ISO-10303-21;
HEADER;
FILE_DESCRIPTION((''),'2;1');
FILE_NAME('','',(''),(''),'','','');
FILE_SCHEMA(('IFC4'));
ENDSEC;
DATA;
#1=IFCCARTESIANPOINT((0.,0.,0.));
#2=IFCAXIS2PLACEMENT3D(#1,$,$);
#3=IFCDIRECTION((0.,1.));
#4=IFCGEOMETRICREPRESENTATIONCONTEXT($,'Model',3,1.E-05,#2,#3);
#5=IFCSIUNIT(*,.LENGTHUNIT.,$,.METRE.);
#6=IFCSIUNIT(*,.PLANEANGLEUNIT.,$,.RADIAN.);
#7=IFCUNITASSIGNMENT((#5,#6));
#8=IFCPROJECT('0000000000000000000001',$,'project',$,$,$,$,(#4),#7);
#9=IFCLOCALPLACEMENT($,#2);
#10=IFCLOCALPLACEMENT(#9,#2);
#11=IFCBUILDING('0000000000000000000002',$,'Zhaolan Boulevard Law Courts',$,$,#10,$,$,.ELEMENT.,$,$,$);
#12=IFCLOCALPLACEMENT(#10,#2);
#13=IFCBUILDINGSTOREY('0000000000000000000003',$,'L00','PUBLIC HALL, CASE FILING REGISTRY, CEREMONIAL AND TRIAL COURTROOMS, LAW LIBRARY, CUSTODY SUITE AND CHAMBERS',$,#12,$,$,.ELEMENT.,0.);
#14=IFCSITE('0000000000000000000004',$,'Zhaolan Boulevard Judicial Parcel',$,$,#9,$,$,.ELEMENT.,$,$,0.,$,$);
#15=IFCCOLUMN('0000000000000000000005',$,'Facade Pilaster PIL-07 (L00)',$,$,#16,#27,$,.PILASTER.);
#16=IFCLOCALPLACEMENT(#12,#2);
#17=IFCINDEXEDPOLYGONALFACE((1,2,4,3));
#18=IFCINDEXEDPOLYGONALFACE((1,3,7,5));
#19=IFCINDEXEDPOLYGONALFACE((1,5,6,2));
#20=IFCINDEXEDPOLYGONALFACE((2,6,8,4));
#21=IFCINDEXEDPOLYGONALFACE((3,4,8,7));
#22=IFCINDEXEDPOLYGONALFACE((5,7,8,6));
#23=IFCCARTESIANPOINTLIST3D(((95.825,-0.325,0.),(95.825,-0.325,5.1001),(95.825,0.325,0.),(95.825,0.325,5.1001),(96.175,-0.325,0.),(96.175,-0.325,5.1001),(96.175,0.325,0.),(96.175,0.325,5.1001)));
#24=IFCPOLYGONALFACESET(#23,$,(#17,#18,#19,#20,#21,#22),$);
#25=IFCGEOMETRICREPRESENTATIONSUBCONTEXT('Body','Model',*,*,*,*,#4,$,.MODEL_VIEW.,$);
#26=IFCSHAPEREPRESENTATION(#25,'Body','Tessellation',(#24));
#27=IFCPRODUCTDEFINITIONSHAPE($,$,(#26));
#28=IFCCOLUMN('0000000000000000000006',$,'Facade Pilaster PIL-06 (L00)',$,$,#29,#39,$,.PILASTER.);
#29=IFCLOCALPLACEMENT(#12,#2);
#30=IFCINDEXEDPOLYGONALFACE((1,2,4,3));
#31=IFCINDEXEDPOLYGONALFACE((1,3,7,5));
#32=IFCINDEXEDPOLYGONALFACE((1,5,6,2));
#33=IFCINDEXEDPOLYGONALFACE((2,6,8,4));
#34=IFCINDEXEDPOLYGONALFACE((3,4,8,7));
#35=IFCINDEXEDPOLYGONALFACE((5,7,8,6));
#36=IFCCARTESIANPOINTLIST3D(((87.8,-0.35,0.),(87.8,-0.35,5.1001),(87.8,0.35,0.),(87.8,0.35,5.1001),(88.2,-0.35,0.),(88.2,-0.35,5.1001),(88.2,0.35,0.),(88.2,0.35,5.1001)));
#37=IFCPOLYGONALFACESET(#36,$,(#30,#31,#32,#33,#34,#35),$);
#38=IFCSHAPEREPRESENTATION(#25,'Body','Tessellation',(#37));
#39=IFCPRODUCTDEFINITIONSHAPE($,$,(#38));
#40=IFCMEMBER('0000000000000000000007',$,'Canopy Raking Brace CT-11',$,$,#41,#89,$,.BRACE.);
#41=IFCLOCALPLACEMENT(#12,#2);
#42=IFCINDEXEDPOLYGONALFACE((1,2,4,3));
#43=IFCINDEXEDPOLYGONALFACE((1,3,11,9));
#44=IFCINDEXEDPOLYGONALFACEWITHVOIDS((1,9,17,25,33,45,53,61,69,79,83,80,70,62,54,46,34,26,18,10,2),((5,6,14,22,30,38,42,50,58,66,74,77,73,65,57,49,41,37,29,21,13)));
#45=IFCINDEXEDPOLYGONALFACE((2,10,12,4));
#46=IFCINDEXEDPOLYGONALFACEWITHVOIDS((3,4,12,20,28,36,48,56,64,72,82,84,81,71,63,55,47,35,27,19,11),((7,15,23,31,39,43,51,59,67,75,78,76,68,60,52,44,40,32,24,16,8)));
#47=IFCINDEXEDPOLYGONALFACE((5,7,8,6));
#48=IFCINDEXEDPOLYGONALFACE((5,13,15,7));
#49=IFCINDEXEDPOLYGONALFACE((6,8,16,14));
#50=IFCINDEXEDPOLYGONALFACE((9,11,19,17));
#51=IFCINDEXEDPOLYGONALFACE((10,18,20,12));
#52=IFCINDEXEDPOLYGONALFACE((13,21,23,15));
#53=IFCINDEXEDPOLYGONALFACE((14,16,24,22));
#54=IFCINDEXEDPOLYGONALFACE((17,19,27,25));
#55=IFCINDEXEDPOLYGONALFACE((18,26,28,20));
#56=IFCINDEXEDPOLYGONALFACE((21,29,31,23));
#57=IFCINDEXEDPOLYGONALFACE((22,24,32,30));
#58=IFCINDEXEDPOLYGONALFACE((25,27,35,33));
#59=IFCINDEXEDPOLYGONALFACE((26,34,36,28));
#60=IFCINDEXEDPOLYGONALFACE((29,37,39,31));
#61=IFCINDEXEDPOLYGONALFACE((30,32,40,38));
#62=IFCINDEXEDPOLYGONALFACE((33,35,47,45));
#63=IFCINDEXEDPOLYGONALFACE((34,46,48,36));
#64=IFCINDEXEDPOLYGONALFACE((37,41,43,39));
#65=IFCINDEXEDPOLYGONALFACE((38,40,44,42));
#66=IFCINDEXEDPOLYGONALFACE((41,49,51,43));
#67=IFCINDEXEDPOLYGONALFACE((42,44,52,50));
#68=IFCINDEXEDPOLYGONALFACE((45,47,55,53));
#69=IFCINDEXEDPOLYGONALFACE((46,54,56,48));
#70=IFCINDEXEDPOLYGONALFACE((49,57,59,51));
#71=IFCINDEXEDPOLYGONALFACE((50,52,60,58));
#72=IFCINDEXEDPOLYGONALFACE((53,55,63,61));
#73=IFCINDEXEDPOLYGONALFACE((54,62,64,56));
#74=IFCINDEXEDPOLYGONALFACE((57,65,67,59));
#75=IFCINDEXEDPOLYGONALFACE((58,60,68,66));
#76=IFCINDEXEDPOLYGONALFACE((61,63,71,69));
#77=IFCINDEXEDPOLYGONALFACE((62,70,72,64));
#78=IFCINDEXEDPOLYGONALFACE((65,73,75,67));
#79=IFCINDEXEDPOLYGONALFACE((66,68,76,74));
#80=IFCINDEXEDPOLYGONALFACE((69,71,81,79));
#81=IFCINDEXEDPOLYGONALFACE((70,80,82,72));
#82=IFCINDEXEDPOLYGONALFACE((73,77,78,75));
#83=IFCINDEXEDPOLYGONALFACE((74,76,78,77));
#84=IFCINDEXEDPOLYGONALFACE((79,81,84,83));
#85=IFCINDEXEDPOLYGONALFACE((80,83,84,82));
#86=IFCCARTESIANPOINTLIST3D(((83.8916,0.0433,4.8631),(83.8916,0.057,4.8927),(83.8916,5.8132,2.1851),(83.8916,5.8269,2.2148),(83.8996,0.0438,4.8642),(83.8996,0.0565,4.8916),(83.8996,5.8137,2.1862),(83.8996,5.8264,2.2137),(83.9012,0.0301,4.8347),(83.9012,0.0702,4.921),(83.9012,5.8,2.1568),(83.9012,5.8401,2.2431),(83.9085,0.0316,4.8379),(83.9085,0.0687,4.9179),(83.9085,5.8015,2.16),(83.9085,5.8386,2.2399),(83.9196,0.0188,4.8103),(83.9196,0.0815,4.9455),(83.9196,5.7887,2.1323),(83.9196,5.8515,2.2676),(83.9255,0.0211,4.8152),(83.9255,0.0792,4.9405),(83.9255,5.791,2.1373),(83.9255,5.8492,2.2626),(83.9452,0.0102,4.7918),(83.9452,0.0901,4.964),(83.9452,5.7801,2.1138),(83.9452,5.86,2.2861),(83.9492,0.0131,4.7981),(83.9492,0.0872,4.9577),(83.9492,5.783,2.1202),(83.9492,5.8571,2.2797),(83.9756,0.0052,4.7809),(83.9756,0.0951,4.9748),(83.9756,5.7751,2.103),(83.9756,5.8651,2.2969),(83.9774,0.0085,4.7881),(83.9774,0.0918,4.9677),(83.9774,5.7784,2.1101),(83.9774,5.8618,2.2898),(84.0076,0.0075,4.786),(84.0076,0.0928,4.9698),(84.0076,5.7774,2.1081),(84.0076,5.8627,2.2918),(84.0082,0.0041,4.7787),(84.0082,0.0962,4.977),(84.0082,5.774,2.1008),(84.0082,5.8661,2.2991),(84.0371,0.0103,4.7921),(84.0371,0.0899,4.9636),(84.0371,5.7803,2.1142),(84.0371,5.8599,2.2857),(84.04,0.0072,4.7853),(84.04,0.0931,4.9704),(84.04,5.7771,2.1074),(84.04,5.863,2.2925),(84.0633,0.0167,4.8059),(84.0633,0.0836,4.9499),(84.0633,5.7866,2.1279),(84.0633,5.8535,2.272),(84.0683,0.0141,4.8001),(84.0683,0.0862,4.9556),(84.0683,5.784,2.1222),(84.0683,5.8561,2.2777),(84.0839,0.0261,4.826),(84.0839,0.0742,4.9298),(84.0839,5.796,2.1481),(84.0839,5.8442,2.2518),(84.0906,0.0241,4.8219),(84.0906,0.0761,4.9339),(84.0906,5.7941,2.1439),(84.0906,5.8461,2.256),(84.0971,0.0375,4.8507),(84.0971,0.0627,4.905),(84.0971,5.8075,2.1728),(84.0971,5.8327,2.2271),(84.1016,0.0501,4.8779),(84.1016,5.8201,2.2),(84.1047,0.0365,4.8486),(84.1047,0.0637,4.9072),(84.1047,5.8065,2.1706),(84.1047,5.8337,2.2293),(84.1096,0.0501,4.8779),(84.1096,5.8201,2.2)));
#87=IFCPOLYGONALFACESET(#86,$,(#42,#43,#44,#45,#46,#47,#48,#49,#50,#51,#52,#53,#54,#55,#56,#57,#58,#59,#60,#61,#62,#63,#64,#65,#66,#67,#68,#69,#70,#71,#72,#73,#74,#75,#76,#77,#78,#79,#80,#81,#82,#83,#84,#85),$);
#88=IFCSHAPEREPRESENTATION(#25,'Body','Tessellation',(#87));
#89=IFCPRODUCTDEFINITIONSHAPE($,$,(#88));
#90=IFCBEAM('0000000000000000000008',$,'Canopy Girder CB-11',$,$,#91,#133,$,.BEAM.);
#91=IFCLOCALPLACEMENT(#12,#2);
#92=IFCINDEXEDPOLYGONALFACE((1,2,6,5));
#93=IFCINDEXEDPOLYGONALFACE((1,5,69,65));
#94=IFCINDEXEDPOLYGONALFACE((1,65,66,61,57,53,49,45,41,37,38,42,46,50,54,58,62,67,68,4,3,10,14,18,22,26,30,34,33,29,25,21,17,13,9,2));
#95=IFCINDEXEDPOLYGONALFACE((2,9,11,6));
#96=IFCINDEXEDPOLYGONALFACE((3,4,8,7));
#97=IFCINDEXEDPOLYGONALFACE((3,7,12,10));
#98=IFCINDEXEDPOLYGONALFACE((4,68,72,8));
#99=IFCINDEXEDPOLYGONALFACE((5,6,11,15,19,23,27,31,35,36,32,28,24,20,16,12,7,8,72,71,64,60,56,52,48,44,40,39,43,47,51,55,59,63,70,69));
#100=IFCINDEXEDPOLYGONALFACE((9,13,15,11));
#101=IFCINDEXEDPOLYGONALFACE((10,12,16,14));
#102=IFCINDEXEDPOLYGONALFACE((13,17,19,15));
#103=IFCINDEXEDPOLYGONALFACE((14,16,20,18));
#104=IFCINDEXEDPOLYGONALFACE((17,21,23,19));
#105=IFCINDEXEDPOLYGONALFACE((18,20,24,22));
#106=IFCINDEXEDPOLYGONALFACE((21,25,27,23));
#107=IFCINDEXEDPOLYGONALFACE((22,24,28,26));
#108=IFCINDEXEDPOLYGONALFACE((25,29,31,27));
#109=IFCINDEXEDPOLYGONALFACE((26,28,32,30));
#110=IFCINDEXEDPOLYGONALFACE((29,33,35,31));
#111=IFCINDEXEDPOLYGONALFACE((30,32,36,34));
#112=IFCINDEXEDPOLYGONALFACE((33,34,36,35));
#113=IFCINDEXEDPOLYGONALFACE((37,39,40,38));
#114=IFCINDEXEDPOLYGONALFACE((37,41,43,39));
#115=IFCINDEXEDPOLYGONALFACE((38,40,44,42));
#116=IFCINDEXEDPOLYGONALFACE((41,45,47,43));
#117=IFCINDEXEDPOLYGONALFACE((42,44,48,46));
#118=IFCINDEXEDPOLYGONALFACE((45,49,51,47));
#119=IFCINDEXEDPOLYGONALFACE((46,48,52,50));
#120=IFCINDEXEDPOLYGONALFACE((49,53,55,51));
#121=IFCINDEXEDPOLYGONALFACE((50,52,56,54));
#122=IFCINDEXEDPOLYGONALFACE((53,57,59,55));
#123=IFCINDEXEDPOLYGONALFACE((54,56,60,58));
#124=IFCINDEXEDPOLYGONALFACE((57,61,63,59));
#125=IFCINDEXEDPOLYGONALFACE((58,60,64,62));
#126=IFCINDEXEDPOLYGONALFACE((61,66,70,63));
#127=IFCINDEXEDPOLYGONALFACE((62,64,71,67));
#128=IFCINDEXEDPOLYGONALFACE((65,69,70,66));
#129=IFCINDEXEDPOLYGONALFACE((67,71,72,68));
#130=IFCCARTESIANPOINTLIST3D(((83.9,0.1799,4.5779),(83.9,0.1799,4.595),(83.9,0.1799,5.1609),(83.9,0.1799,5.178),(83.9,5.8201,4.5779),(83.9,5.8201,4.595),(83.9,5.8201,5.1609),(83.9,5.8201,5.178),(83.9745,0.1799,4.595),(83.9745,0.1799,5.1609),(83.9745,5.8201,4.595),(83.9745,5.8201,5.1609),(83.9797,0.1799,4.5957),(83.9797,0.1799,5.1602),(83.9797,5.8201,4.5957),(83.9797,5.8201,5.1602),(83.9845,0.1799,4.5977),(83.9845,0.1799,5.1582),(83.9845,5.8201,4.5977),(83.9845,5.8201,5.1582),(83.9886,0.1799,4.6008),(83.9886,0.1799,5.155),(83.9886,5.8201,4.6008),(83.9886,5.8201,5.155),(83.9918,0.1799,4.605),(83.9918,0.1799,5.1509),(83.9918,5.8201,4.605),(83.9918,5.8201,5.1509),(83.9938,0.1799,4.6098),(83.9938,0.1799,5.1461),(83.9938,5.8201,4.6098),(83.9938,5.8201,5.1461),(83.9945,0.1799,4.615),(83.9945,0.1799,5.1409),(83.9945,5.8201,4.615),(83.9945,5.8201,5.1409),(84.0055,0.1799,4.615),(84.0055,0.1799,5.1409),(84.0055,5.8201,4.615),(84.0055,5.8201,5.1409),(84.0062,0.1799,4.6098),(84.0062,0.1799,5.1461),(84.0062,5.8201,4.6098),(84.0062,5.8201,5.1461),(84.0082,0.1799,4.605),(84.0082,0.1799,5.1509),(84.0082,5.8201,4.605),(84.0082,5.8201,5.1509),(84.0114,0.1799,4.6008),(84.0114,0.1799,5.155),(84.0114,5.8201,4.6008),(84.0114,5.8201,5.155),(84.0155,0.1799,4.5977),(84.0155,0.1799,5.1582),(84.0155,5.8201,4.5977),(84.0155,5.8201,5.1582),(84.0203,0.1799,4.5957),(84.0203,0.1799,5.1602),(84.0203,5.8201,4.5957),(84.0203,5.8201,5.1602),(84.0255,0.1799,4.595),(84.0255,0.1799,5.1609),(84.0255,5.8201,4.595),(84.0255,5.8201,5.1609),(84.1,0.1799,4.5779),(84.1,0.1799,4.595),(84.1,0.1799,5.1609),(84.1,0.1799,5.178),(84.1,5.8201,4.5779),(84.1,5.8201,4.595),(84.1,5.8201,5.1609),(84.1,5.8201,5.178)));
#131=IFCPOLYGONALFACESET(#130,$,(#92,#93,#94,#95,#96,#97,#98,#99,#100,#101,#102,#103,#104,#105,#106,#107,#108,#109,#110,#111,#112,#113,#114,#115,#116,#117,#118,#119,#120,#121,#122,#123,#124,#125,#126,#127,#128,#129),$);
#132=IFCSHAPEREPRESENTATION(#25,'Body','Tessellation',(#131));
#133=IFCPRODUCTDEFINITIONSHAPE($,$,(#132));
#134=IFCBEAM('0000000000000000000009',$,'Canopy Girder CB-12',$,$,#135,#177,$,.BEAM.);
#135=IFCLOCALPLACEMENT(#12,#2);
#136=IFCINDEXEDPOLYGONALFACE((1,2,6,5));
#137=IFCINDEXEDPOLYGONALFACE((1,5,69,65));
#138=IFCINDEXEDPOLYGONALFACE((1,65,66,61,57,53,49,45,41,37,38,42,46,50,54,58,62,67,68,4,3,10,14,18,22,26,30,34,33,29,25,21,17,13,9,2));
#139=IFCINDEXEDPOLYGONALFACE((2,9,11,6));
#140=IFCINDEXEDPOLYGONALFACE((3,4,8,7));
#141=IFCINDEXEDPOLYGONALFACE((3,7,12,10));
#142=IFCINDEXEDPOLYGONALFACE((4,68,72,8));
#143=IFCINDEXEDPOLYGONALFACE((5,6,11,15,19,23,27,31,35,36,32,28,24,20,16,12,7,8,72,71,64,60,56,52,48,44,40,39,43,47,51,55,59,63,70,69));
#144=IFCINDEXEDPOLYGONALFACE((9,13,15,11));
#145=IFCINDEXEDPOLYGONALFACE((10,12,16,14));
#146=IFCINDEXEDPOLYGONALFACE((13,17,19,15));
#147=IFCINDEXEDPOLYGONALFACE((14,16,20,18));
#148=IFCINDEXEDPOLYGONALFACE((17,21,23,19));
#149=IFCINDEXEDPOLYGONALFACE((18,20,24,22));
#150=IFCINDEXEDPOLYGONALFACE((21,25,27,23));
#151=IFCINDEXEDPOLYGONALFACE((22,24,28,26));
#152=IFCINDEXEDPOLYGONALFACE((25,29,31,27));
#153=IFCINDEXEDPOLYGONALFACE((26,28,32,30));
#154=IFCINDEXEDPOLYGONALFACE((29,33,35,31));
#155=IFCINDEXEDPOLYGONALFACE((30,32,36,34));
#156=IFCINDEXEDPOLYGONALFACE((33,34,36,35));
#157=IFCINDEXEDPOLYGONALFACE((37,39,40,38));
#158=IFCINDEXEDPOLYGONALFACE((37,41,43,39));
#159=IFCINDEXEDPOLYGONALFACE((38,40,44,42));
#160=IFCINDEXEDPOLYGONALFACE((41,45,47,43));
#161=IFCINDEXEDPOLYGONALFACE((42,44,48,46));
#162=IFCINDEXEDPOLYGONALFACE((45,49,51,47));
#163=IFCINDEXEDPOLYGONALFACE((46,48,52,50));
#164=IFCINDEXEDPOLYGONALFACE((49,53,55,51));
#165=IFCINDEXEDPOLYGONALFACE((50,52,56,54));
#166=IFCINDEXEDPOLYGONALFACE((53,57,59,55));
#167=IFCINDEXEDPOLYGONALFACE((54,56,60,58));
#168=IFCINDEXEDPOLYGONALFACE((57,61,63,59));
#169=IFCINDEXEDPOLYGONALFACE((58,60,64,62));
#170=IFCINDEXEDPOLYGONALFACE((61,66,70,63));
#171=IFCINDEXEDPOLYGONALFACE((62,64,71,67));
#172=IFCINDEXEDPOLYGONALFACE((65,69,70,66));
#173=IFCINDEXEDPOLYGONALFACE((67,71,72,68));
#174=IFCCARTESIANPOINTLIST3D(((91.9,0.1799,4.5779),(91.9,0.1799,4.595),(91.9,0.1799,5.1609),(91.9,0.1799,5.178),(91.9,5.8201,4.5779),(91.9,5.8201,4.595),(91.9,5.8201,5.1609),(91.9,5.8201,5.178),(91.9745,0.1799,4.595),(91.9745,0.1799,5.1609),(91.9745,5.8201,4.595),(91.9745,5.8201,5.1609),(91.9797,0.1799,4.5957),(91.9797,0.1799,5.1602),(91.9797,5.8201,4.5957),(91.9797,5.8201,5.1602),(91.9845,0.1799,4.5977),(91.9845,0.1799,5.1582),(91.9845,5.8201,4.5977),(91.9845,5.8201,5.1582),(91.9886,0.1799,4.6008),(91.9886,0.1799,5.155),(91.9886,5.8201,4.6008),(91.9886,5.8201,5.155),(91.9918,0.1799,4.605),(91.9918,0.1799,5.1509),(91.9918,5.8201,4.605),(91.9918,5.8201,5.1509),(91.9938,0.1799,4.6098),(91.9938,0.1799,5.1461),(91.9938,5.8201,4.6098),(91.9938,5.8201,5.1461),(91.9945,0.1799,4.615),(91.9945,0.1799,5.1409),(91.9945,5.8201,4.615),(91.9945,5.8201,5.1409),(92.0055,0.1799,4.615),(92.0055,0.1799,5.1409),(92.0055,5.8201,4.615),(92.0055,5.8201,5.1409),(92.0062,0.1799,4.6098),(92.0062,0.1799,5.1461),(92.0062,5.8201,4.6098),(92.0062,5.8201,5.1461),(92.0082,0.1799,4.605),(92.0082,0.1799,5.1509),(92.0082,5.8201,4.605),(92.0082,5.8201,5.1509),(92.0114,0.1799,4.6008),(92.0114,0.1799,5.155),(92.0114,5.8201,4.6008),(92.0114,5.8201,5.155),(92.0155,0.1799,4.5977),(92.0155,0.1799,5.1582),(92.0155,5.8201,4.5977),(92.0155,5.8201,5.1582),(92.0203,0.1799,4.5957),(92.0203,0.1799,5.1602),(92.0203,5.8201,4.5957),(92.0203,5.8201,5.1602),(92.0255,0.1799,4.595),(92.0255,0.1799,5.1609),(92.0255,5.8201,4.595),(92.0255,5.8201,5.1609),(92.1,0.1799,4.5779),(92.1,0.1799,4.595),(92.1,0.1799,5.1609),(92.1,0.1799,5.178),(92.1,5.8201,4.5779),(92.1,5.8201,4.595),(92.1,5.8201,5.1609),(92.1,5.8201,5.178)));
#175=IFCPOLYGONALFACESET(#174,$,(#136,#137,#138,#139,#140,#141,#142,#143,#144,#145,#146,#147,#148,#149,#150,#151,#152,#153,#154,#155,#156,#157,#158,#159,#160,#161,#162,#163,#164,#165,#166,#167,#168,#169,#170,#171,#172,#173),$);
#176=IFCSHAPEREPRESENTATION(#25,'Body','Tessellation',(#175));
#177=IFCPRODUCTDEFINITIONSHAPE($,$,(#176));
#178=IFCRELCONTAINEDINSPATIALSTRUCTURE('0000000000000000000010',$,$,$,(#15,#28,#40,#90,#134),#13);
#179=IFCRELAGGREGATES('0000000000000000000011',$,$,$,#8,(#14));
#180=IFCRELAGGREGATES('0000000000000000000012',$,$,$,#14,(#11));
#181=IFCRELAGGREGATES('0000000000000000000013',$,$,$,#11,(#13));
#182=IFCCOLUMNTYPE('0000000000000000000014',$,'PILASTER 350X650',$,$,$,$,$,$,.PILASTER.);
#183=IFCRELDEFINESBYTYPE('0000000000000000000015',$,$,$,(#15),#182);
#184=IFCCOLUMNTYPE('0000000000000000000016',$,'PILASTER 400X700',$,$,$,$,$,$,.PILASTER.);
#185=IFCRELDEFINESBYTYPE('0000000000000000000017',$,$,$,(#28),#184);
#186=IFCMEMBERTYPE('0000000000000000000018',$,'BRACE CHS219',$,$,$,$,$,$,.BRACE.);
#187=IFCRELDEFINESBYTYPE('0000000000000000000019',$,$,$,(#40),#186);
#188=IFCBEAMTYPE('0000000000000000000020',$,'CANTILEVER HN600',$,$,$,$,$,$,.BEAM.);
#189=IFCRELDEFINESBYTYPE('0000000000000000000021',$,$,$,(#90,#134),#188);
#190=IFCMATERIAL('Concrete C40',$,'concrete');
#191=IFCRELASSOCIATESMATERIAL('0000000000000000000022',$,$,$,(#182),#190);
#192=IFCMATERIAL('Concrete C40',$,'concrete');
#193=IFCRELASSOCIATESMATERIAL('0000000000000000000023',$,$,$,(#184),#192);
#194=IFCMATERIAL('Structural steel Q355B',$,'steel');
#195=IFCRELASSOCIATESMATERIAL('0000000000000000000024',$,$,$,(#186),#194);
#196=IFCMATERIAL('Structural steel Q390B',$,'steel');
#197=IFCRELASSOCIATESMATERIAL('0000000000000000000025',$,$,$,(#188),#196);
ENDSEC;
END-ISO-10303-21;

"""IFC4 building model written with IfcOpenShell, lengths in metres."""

from ifc_helpers import new_model, si_unit, direction, frame, origin, origin_2d, place, context, subcontext, project, spatial, rectangle, hollow_circle, i_section, extrude, material, material_profile, profile_set, type_object, element, save


model = new_model("IFC4")

# Units and contexts
model_context = context("Model", 3, precision=1e-05, world=origin(), true_north=direction((0.0, 1.0)))
body_context = subcontext(model_context, "Body", "Model", "MODEL_VIEW")
ifc_project = project(units=[si_unit("LENGTHUNIT", "METRE"), si_unit("PLANEANGLEUNIT", "RADIAN")], contexts=[model_context])

# Site, building, storey
site_placement = place(None, origin())
site = spatial("IfcSite", under=ifc_project, at=site_placement, Name="Zhaolan Boulevard Judicial Parcel", CompositionType="ELEMENT", RefElevation=0.0)
building_placement = place(site_placement, origin())
building = spatial("IfcBuilding", under=site, at=building_placement, Name="Zhaolan Boulevard Law Courts", CompositionType="ELEMENT")
storey_placement = place(building_placement, origin())
storey = spatial("IfcBuildingStorey", under=building, at=storey_placement, Name="L00", Description="PUBLIC HALL, CASE FILING REGISTRY, CEREMONIAL AND TRIAL COURTROOMS, LAW LIBRARY, CUSTODY SUITE AND CHAMBERS", CompositionType="ELEMENT", Elevation=0.0)

# Columns
ifc_material_1 = material(Name="Concrete C40", Category="concrete")
ifc_material_profile_1 = material_profile(ifc_material_1, rectangle(XDim=0.3501, YDim=0.6499, at=origin_2d()), Name="RC350x650")
ifc_profile_set_1 = profile_set([ifc_material_profile_1], Name="Concrete C40")
column_type_1 = type_object("IfcColumnType", Name="PILASTER 350X650", PredefinedType="PILASTER", material=ifc_profile_set_1)
column_1_placement = place(storey_placement, frame((96.0, 0.0, 0.0), z_axis=(0.0, 0.0, 1.0), x_axis=(1.0, 0.0, 0.0)))
element("IfcColumn", 1, at=column_1_placement, inside=storey, type_object=column_type_1, Name="Facade Pilaster PIL-07 (L00)", PredefinedType="PILASTER", context=body_context, shape_type="SweptSolid", body=[
    extrude(rectangle(XDim=0.3501, YDim=0.6499, at=origin_2d()), origin(), (0.0, 0.0, 1.0), 5.1001),
])
ifc_material_2 = material(Name="Concrete C40", Category="concrete")
ifc_material_profile_2 = material_profile(ifc_material_2, rectangle(XDim=0.3999, YDim=0.7, at=origin_2d()), Name="RC400x700")
ifc_profile_set_2 = profile_set([ifc_material_profile_2], Name="Concrete C40")
column_type_2 = type_object("IfcColumnType", Name="PILASTER 400X700", PredefinedType="PILASTER", material=ifc_profile_set_2)
column_2_placement = place(storey_placement, frame((88.0, 0.0, 0.0), z_axis=(0.0, 0.0, 1.0), x_axis=(1.0, 0.0, 0.0)))
element("IfcColumn", 2, at=column_2_placement, inside=storey, type_object=column_type_2, Name="Facade Pilaster PIL-06 (L00)", PredefinedType="PILASTER", context=body_context, shape_type="SweptSolid", body=[
    extrude(rectangle(XDim=0.3999, YDim=0.7, at=origin_2d()), origin(), (0.0, 0.0, 1.0), 5.1001),
])

# Member
ifc_material_3 = material(Name="Structural steel Q355B", Category="steel")
ifc_material_profile_3 = material_profile(ifc_material_3, hollow_circle(Radius=0.1096, WallThickness=0.0081, at=origin_2d()), Name="CHS219x8")
ifc_profile_set_3 = profile_set([ifc_material_profile_3], Name="Structural steel Q355B")
member_type = type_object("IfcMemberType", Name="BRACE CHS219", PredefinedType="BRACE", material=ifc_profile_set_3)
member_placement = place(storey_placement, frame((84.0, 5.8201, 2.2), z_axis=(0.0, -0.907067, 0.420987), x_axis=(1.0, 0.0, 0.0)))
element("IfcMember", 3, at=member_placement, inside=storey, type_object=member_type, Name="Canopy Raking Brace CT-11", PredefinedType="BRACE", context=body_context, shape_type="SweptSolid", body=[
    extrude(hollow_circle(Radius=0.1096, WallThickness=0.0081, at=origin_2d()), origin(), (0.0, 0.0, 1.0), 6.3611),
])

# Beams
ifc_material_4 = material(Name="Structural steel Q390B", Category="steel")
ifc_material_profile_4 = material_profile(ifc_material_4, i_section(OverallWidth=0.2, OverallDepth=0.6001, WebThickness=0.011, FlangeThickness=0.0171, FilletRadius=0.02, at=origin_2d()), Name="HN600x200")
ifc_profile_set_4 = profile_set([ifc_material_profile_4], Name="Structural steel Q390B")
beam_type_1 = type_object("IfcBeamType", Name="CANTILEVER HN600", PredefinedType="BEAM", material=ifc_profile_set_4)
for number, where, z_axis, x_axis, name in (
    (4, (84.0, 0.1799, 4.8779), (0.0, 1.0, 0.0), (-1.0, 0.0, 0.0), "Canopy Girder CB-11"),
    (5, (92.0, 0.1799, 4.8779), (0.0, 1.0, 0.0), (-1.0, 0.0, 0.0), "Canopy Girder CB-12"),
):
    element("IfcBeam", number, at=place(storey_placement, frame(where, z_axis=z_axis, x_axis=x_axis)), inside=storey, type_object=beam_type_1, Name=name, PredefinedType="BEAM", context=body_context, shape_type="SweptSolid", body=[
        extrude(i_section(OverallWidth=0.2, OverallDepth=0.6001, WebThickness=0.011, FlangeThickness=0.0171, FilletRadius=0.02, at=origin_2d()), origin(), (0.0, 0.0, 1.0), 5.6401),
    ])

save(model, "model.ifc")
